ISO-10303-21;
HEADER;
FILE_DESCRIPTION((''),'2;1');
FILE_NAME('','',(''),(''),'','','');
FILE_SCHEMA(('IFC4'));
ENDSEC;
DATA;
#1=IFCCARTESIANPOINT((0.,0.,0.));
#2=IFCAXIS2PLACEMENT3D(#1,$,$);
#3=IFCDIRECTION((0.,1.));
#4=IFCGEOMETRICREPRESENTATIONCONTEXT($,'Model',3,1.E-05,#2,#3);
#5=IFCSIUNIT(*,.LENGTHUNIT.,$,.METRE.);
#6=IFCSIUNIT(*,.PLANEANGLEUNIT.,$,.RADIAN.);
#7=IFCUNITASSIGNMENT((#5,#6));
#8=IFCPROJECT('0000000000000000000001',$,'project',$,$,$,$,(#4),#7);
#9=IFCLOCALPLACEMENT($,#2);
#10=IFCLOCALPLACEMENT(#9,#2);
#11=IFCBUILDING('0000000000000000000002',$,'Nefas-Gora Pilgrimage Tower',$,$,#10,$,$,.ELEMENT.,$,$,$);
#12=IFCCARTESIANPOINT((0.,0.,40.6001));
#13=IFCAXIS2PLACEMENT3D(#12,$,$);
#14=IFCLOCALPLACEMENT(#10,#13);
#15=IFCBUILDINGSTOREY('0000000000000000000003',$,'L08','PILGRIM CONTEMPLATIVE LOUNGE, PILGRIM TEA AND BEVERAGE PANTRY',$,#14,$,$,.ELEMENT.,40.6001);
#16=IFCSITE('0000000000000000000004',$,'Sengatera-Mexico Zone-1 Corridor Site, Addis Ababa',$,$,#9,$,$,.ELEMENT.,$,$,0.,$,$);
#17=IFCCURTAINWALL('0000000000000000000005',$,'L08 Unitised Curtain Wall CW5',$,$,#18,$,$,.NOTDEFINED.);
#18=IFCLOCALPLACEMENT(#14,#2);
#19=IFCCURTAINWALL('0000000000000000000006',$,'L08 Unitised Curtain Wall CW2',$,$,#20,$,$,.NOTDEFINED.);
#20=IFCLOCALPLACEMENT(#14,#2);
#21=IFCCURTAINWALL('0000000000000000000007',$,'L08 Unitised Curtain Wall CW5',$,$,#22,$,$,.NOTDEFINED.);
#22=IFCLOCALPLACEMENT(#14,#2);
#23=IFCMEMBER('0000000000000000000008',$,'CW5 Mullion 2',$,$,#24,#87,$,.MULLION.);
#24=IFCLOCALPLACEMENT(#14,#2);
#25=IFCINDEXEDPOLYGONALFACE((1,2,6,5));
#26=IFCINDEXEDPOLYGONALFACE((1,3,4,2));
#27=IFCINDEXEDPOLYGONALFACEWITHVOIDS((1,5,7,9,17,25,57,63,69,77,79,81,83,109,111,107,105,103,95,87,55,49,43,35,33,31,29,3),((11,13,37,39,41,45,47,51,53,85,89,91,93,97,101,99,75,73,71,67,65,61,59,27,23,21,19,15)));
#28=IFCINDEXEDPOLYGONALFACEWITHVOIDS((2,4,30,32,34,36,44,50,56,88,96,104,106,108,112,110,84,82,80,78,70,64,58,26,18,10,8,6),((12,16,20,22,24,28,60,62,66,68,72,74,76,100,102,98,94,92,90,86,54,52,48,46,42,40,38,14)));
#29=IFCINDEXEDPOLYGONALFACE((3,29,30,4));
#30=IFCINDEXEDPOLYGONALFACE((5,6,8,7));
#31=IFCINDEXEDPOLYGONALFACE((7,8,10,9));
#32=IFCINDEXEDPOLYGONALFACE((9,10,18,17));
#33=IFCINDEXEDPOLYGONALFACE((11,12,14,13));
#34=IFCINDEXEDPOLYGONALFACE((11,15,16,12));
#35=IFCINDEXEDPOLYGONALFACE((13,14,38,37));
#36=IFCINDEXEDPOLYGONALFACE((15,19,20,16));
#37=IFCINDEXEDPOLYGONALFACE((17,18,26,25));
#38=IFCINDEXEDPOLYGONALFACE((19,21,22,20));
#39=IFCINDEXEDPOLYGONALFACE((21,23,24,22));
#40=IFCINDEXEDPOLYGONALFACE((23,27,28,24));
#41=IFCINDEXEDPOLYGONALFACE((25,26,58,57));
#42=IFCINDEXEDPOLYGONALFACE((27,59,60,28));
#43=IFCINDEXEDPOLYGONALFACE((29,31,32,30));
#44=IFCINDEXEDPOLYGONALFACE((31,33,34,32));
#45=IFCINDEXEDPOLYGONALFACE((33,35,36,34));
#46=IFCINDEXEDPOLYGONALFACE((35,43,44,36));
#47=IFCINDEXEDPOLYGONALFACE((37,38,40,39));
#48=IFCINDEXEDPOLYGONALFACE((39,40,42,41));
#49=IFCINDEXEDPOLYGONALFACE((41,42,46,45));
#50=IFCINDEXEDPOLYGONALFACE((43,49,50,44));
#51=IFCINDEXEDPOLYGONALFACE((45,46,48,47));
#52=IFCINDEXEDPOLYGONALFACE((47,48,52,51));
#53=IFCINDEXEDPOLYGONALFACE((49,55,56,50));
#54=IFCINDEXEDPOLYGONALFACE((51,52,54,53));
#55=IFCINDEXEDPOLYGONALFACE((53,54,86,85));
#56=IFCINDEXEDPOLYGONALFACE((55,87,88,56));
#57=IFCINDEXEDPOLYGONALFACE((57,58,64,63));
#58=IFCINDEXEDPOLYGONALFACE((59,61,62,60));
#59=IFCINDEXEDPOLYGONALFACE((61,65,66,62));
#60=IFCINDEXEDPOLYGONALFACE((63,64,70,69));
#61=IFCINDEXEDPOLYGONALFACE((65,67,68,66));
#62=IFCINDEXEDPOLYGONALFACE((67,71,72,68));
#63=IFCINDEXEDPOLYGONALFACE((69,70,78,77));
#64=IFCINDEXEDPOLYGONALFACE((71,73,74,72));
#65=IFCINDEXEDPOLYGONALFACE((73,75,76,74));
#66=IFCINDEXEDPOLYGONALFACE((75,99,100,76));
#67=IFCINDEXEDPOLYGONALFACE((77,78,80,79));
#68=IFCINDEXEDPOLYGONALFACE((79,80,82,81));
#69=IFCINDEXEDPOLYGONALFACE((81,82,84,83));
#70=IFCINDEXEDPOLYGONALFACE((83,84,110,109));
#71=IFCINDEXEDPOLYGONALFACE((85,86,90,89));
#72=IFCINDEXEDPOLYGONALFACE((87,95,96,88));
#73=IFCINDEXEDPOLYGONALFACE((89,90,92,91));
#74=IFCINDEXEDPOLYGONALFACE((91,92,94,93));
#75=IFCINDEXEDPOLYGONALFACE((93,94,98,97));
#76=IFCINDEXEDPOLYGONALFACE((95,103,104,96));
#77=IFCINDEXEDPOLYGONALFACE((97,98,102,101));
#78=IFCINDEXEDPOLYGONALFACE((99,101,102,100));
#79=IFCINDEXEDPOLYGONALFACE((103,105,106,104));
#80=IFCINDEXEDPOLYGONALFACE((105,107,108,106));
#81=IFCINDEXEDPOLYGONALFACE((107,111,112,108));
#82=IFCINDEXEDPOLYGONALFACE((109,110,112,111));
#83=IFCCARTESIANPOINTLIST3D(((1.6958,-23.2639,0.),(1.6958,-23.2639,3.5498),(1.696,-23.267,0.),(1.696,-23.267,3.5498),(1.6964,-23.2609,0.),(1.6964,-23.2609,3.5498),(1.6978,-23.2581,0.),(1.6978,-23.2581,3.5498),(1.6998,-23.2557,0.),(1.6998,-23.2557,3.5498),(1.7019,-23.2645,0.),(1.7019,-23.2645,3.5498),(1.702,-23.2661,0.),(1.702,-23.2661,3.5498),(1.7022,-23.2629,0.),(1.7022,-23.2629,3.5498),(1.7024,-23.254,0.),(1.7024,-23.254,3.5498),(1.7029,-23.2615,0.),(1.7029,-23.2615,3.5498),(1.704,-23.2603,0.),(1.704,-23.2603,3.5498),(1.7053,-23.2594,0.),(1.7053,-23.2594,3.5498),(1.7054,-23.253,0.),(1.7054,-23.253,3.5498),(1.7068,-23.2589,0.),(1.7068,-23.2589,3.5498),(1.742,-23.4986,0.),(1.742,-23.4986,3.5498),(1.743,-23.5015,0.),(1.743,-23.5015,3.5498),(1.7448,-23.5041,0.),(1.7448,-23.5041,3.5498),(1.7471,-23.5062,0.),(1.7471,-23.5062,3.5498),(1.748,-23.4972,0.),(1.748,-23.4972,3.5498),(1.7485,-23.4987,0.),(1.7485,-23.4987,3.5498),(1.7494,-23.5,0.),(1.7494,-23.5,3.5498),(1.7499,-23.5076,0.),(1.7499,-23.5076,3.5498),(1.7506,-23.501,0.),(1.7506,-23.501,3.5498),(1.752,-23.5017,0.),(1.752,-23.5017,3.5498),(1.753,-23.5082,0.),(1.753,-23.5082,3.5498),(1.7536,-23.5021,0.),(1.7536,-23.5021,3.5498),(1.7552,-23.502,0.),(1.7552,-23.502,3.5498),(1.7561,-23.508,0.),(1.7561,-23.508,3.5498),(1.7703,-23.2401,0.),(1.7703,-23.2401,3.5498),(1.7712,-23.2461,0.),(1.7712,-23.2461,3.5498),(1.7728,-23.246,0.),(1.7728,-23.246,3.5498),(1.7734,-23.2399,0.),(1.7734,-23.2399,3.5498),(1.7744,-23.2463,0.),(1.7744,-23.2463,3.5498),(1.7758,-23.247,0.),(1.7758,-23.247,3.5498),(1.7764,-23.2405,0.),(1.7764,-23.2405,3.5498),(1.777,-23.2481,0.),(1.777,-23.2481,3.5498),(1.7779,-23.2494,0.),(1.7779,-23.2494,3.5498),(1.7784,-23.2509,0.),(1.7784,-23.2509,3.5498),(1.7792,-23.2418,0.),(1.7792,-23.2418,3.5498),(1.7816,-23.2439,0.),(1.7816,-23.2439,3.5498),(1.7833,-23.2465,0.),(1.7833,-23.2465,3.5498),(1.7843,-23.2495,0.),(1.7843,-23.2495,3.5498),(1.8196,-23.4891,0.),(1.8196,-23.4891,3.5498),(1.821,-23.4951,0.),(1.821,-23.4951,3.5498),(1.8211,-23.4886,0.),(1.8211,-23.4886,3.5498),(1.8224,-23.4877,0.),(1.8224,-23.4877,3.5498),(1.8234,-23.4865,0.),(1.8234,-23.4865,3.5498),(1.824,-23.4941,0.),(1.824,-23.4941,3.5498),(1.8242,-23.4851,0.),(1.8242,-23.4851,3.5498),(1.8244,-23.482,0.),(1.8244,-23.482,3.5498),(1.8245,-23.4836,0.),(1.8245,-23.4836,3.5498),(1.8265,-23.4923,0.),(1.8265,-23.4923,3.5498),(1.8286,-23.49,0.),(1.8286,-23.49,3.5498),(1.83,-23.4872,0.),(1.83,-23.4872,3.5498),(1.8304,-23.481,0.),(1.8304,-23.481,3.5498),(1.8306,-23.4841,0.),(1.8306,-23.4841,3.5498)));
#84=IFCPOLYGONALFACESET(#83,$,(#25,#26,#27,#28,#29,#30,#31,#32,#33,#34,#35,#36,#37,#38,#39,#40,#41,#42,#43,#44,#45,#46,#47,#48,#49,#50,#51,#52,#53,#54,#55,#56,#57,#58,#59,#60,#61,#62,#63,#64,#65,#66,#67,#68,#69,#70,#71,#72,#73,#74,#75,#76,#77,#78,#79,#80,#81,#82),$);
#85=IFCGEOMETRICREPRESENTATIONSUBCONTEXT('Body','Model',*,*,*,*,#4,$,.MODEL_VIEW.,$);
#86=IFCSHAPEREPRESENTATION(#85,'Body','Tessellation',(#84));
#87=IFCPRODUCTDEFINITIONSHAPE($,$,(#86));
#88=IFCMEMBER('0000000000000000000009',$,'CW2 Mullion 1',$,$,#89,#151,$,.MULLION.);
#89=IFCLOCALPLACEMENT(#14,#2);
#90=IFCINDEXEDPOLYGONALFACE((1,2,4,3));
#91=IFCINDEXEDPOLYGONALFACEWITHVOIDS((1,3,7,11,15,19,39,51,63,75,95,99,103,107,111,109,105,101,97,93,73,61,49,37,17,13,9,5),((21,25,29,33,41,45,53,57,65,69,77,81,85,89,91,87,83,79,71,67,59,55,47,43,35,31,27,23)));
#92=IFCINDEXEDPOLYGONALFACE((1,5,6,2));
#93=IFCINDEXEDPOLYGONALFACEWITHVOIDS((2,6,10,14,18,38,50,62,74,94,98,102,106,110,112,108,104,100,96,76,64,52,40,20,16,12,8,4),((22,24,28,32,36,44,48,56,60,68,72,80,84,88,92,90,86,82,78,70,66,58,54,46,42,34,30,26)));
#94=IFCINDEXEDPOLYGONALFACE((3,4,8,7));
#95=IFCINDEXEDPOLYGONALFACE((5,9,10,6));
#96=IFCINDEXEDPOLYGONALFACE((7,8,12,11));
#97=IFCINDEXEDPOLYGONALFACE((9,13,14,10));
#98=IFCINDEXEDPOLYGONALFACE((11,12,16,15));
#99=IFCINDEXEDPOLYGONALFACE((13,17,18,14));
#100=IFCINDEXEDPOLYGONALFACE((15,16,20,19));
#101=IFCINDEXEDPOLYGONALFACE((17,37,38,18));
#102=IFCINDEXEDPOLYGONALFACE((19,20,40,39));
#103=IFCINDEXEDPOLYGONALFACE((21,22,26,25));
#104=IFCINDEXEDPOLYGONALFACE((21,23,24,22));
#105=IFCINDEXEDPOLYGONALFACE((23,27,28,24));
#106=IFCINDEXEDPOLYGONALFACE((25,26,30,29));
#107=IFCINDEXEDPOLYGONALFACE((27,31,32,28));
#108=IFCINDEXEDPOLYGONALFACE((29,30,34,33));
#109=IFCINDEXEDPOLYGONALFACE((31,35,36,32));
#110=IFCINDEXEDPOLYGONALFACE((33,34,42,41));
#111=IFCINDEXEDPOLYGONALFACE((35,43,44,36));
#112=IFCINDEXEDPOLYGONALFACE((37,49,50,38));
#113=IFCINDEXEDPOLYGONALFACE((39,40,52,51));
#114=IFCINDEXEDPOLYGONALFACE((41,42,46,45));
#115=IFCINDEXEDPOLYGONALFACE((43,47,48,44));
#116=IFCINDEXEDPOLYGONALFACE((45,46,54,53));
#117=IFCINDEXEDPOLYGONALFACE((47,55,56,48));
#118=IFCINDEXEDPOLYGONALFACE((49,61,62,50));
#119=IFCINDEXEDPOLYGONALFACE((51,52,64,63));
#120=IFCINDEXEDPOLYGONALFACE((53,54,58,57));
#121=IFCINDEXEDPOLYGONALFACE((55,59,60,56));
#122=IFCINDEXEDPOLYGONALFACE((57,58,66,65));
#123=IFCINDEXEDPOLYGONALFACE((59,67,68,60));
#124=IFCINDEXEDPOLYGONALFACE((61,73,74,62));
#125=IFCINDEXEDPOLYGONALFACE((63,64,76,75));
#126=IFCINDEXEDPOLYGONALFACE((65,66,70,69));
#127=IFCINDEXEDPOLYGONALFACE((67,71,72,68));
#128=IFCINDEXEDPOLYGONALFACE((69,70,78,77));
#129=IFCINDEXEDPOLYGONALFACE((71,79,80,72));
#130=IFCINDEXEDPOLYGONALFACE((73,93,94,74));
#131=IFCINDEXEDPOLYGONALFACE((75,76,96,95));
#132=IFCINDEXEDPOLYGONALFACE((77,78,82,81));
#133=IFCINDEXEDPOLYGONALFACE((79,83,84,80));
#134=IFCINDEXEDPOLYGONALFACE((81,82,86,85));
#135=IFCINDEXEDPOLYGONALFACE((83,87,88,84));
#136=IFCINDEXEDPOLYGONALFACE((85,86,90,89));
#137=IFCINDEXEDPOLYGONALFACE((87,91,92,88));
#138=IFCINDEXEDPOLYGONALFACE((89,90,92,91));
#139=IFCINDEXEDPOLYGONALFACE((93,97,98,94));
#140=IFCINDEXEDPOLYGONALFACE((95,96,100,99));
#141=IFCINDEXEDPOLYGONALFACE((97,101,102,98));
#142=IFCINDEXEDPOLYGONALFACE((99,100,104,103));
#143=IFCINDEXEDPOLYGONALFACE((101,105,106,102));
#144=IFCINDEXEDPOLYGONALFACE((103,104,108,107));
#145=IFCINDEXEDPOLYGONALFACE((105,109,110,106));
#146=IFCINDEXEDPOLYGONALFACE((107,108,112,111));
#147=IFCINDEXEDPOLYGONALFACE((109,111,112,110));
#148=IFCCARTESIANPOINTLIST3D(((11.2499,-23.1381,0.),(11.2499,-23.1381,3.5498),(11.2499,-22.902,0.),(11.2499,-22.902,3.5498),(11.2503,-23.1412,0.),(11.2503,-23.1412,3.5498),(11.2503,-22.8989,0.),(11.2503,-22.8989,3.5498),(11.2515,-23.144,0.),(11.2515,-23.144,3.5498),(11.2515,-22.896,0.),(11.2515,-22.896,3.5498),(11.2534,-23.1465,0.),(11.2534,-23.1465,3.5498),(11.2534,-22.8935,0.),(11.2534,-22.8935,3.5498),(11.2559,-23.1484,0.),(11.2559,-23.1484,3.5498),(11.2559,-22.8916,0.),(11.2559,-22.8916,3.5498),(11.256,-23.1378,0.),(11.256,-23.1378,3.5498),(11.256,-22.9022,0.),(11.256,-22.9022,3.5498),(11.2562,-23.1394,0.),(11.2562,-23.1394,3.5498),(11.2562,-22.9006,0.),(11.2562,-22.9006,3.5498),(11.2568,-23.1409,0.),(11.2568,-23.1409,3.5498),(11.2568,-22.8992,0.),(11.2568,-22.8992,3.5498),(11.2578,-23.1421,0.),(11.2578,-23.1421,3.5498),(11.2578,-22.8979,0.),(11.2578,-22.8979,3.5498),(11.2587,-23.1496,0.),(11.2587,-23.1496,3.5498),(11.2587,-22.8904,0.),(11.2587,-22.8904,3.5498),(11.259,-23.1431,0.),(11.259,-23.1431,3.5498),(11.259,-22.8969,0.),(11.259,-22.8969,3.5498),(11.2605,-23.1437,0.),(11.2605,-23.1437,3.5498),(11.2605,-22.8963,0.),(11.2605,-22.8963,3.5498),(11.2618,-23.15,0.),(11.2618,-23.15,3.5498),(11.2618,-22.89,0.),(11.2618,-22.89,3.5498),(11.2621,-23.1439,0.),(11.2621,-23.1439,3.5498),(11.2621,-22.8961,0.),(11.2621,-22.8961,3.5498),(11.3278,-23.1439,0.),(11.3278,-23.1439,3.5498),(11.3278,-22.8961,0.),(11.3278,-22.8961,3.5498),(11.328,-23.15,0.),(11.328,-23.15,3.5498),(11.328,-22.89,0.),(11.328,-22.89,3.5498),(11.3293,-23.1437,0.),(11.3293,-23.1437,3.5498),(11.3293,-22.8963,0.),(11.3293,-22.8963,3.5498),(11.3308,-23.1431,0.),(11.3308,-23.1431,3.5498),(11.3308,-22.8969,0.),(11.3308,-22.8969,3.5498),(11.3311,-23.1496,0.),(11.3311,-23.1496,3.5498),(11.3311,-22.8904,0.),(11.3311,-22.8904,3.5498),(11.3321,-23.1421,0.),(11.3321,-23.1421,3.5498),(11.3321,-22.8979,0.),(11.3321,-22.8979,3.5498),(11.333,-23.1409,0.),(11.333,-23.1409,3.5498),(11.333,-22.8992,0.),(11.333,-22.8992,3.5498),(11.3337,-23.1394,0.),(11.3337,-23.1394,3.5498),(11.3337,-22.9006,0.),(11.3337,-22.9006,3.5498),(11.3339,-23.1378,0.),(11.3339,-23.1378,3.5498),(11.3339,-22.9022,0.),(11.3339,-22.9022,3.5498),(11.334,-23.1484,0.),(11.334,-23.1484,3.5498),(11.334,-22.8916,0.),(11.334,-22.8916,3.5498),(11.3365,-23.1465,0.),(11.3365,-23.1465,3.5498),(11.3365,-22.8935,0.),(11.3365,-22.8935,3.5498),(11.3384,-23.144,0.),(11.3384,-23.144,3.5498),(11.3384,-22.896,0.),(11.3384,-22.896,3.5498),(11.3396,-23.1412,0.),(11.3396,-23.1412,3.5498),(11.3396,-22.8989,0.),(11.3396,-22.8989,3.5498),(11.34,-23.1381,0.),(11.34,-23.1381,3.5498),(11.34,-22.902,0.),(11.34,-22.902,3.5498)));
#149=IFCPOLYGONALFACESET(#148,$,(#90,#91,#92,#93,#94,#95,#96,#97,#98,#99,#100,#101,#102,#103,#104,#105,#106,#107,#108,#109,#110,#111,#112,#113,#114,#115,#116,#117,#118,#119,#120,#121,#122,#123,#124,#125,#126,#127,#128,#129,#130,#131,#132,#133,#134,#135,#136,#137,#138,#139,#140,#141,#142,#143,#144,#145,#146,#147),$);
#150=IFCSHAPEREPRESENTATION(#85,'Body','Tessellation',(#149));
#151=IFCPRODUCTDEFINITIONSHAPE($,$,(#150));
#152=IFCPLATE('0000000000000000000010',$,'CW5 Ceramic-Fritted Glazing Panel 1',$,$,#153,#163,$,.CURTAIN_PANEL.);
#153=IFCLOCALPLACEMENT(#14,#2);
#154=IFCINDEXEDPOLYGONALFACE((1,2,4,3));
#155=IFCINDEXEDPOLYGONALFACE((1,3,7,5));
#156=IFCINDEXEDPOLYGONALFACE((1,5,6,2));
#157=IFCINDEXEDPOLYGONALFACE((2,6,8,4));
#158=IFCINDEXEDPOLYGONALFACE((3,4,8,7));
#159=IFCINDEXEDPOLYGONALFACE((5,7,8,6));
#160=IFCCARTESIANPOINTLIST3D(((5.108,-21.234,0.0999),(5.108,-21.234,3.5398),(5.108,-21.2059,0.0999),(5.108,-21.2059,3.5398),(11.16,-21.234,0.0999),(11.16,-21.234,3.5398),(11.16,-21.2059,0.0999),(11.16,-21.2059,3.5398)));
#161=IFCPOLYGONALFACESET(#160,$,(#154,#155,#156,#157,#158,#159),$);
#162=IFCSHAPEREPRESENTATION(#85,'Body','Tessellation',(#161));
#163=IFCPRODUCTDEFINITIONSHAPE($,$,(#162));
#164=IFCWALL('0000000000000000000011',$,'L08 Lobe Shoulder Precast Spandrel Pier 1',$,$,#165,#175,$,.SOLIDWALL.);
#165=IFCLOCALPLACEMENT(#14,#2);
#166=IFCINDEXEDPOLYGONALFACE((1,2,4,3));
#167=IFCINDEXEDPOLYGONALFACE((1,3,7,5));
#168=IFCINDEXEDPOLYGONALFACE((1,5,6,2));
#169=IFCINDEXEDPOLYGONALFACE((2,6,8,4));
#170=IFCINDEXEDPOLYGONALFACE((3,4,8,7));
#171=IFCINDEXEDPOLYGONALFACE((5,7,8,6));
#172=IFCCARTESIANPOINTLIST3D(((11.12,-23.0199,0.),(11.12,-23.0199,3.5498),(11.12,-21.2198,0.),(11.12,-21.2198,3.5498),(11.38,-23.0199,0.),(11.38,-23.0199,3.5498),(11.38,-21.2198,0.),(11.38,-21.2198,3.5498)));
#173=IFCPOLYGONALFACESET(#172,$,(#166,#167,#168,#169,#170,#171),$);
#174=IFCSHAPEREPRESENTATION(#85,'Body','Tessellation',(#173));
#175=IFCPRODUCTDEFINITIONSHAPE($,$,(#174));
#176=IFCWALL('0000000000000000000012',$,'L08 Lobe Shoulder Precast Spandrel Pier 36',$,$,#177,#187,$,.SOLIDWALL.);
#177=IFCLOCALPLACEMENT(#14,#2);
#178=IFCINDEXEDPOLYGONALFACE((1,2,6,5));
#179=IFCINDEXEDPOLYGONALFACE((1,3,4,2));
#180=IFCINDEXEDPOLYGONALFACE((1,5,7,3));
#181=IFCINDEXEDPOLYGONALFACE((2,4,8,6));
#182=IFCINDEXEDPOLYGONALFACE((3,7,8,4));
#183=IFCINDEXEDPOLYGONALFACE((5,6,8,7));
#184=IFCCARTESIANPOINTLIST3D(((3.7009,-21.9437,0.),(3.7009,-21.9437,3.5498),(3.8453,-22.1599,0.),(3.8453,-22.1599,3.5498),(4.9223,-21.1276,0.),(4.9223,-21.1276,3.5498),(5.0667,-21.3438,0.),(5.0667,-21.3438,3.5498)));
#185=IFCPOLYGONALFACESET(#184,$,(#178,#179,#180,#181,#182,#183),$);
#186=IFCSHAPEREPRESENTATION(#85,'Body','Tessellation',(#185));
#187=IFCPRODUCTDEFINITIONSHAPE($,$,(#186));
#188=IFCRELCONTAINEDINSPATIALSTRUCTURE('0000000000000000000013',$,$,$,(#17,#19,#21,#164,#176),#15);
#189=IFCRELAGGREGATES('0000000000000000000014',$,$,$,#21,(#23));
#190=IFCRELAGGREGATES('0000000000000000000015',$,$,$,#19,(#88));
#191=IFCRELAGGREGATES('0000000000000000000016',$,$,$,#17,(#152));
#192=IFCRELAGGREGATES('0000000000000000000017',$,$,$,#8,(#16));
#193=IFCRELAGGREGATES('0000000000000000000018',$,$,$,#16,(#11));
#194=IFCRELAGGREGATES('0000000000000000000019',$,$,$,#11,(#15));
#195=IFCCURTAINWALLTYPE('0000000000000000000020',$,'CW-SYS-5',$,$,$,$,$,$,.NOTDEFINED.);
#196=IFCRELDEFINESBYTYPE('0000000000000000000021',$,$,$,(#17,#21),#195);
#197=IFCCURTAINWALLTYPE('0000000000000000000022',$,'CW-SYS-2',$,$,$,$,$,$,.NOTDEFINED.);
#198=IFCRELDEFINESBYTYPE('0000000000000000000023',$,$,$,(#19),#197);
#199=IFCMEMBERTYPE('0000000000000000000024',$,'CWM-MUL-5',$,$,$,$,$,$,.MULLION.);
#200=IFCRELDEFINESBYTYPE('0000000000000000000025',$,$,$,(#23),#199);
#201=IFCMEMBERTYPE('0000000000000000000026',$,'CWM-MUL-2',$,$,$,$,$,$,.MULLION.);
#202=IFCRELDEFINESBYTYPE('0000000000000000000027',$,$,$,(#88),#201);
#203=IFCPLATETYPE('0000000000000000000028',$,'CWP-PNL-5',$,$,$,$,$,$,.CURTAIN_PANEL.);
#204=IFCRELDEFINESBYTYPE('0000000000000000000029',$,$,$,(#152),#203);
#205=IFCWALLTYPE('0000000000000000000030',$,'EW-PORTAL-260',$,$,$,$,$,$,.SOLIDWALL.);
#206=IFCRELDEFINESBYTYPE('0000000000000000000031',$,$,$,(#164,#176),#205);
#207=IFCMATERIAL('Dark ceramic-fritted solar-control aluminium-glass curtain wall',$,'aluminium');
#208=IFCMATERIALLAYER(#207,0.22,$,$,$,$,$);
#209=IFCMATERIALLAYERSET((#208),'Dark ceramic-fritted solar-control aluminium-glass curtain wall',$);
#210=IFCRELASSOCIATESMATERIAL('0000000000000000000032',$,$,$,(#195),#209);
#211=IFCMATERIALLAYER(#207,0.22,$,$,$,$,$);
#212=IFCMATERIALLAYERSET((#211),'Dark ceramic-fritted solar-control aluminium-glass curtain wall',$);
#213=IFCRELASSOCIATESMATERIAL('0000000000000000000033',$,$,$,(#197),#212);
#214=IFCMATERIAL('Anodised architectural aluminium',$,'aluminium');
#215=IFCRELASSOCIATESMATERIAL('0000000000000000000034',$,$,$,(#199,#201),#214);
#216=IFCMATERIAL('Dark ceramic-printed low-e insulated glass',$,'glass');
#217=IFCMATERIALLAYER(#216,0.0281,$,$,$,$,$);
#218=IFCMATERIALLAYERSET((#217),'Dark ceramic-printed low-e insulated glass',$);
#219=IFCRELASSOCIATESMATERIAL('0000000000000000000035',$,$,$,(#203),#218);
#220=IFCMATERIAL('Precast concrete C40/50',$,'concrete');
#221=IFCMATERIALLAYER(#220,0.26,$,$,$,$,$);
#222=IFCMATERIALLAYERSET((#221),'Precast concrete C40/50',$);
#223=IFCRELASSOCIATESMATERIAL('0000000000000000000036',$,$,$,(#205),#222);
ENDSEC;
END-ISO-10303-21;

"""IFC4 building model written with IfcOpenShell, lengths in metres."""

from ifc_helpers import new_model, si_unit, direction, frame, frame_2d, origin, origin_2d, place, context, subcontext, project, spatial, rectangle, hollow_rectangle, extrude, source, transform, mapped, material, layer, layer_set, material_profile, profile_set, type_object, element, aggregate, save


model = new_model("IFC4")

# Units and contexts
model_context = context("Model", 3, precision=1e-05, world=origin(), true_north=direction((0.0, 1.0)))
body_context = subcontext(model_context, "Body", "Model", "MODEL_VIEW")
ifc_project = project(units=[si_unit("LENGTHUNIT", "METRE"), si_unit("PLANEANGLEUNIT", "RADIAN")], contexts=[model_context])

# Site, building, storey
site_placement = place(None, origin())
site = spatial("IfcSite", under=ifc_project, at=site_placement, Name="Sengatera-Mexico Zone-1 Corridor Site, Addis Ababa", CompositionType="ELEMENT", RefElevation=0.0)
building_placement = place(site_placement, origin())
building = spatial("IfcBuilding", under=site, at=building_placement, Name="Nefas-Gora Pilgrimage Tower", CompositionType="ELEMENT")
storey_placement = place(building_placement, frame((0.0, 0.0, 40.6001)))
storey = spatial("IfcBuildingStorey", under=building, at=storey_placement, Name="L08", Description="PILGRIM CONTEMPLATIVE LOUNGE, PILGRIM TEA AND BEVERAGE PANTRY", CompositionType="ELEMENT", Elevation=40.6001)

# Curtain walls
ifc_material_1 = material(Name="Dark ceramic-fritted solar-control aluminium-glass curtain wall", Category="aluminium")
ifc_layer_1 = layer(ifc_material_1, 0.22)
ifc_layer_set_1 = layer_set([ifc_layer_1], Name="Dark ceramic-fritted solar-control aluminium-glass curtain wall")
curtain_wall_type_1 = type_object("IfcCurtainWallType", Name="CW-SYS-5", PredefinedType="NOTDEFINED", material=ifc_layer_set_1)
curtain_wall_1_placement = place(storey_placement, origin())
curtain_wall_1 = element("IfcCurtainWall", 1, at=curtain_wall_1_placement, inside=storey, type_object=curtain_wall_type_1, Name="L08 Unitised Curtain Wall CW5", PredefinedType="NOTDEFINED")
ifc_material_2 = material(Name="Anodised architectural aluminium", Category="aluminium")
ifc_layer_2 = layer(ifc_material_1, 0.22)
ifc_layer_set_2 = layer_set([ifc_layer_2], Name="Dark ceramic-fritted solar-control aluminium-glass curtain wall")
curtain_wall_type_2 = type_object("IfcCurtainWallType", Name="CW-SYS-2", PredefinedType="NOTDEFINED", material=ifc_layer_set_2)
curtain_wall_2_placement = place(storey_placement, origin())
curtain_wall_2 = element("IfcCurtainWall", 2, at=curtain_wall_2_placement, inside=storey, type_object=curtain_wall_type_2, Name="L08 Unitised Curtain Wall CW2", PredefinedType="NOTDEFINED")

# Shared definitions
ifc_material_profile_1 = material_profile(ifc_material_2, hollow_rectangle(XDim=0.0901, YDim=0.26, WallThickness=0.0061, InnerFilletRadius=0.0061, OuterFilletRadius=0.012, at=origin_2d()), Name="ALU MULLION 90x260")
ifc_profile_set_1 = profile_set([ifc_material_profile_1], Name="Anodised architectural aluminium")
member_type_1 = type_object("IfcMemberType", Name="CWM-MUL-5", PredefinedType="MULLION", material=ifc_profile_set_1)
shared_shape_1 = source(origin(), body_context, "Body", "SweptSolid", [
    extrude(hollow_rectangle(XDim=0.0901, YDim=0.26, WallThickness=0.0061, InnerFilletRadius=0.0061, OuterFilletRadius=0.012, at=origin_2d()), origin(), (0.0, 0.0, 1.0), 3.5498),
])

# Curtain wall, member
curtain_wall_3_placement = place(storey_placement, origin())
curtain_wall_3 = element("IfcCurtainWall", 3, at=curtain_wall_3_placement, inside=storey, type_object=curtain_wall_type_1, Name="L08 Unitised Curtain Wall CW5", PredefinedType="NOTDEFINED")
member_1_placement = place(storey_placement, frame((1.7632, -23.374, 0.0), z_axis=(0.0, 0.0, 1.0), x_axis=(0.980783, 0.195102, 0.0)))
member_1 = element("IfcMember", 4, at=member_1_placement, type_object=member_type_1, Name="CW5 Mullion 2", PredefinedType="MULLION", context=body_context, shape_type="MappedRepresentation", body=[
    mapped(shared_shape_1, transform((0.0, 0.0, 0.0), x_axis=(1.0, 0.0, 0.0), y_axis=(0.0, 1.0, 0.0), z_axis=(0.0, 0.0, 1.0), scale=1.0)),
])
aggregate(curtain_wall_3, [member_1])

# Member
ifc_material_profile_2 = material_profile(ifc_material_2, hollow_rectangle(XDim=0.0901, YDim=0.26, WallThickness=0.0061, InnerFilletRadius=0.0061, OuterFilletRadius=0.012, at=origin_2d()), Name="ALU MULLION 90x260")
ifc_profile_set_2 = profile_set([ifc_material_profile_2], Name="Anodised architectural aluminium")
member_type_2 = type_object("IfcMemberType", Name="CWM-MUL-2", PredefinedType="MULLION", material=ifc_profile_set_2)
shared_shape_2 = source(origin(), body_context, "Body", "SweptSolid", [
    extrude(hollow_rectangle(XDim=0.0901, YDim=0.26, WallThickness=0.0061, InnerFilletRadius=0.0061, OuterFilletRadius=0.012, at=origin_2d()), origin(), (0.0, 0.0, 1.0), 3.5498),
])
member_2_placement = place(storey_placement, frame((11.2949, -23.02, 0.0), z_axis=(0.0, 0.0, 1.0), x_axis=(1.0, 0.0, 0.0)))
member_2 = element("IfcMember", 5, at=member_2_placement, type_object=member_type_2, Name="CW2 Mullion 1", PredefinedType="MULLION", context=body_context, shape_type="MappedRepresentation", body=[
    mapped(shared_shape_2, transform((0.0, 0.0, 0.0), x_axis=(1.0, 0.0, 0.0), y_axis=(0.0, 1.0, 0.0), z_axis=(0.0, 0.0, 1.0), scale=1.0)),
])
aggregate(curtain_wall_2, [member_2])

# Plate
ifc_material_3 = material(Name="Dark ceramic-printed low-e insulated glass", Category="glass")
ifc_layer_3 = layer(ifc_material_3, 0.0281)
ifc_layer_set_3 = layer_set([ifc_layer_3], Name="Dark ceramic-printed low-e insulated glass")
plate_type = type_object("IfcPlateType", Name="CWP-PNL-5", PredefinedType="CURTAIN_PANEL", material=ifc_layer_set_3)
shared_shape_3 = source(origin(), body_context, "Body", "SweptSolid", [
    extrude(rectangle(XDim=6.052, YDim=0.0281, at=origin_2d()), origin(), (0.0, 0.0, 1.0), 3.4399),
])
plate_placement = place(storey_placement, frame((8.134, -21.22, 0.0999), z_axis=(0.0, 0.0, 1.0), x_axis=(1.0, 0.0, 0.0)))
plate = element("IfcPlate", 6, at=plate_placement, type_object=plate_type, Name="CW5 Ceramic-Fritted Glazing Panel 1", PredefinedType="CURTAIN_PANEL", context=body_context, shape_type="MappedRepresentation", body=[
    mapped(shared_shape_3, transform((0.0, 0.0, 0.0), x_axis=(1.0, 0.0, 0.0), y_axis=(0.0, 1.0, 0.0), z_axis=(0.0, 0.0, 1.0), scale=1.0)),
])
aggregate(curtain_wall_1, [plate])

# Walls
ifc_material_4 = material(Name="Precast concrete C40/50", Category="concrete")
ifc_layer_4 = layer(ifc_material_4, 0.26)
ifc_layer_set_4 = layer_set([ifc_layer_4], Name="Precast concrete C40/50")
wall_type_1 = type_object("IfcWallType", Name="EW-PORTAL-260", PredefinedType="SOLIDWALL", material=ifc_layer_set_4)
shared_shape_4 = source(origin(), body_context, "Body", "SweptSolid", [
    extrude(rectangle(XDim=1.8, YDim=0.26, at=frame_2d((0.8999, 0.0))), origin(), (0.0, 0.0, 1.0), 3.5498),
])
wall_1_placement = place(storey_placement, frame((11.25, -21.22, 0.0), z_axis=(0.0, 0.0, 1.0), x_axis=(0.0, -1.0, 0.0)))
element("IfcWall", 7, at=wall_1_placement, inside=storey, type_object=wall_type_1, Name="L08 Lobe Shoulder Precast Spandrel Pier 1", PredefinedType="SOLIDWALL", context=body_context, shape_type="MappedRepresentation", body=[
    mapped(shared_shape_4, transform((0.0, 0.0, 0.0), x_axis=(1.0, 0.0, 0.0), y_axis=(0.0, 1.0, 0.0), z_axis=(0.0, 0.0, 1.0), scale=1.0)),
])
shared_shape_5 = source(origin(), body_context, "Body", "SweptSolid", [
    extrude(rectangle(XDim=1.469, YDim=0.26, at=frame_2d((0.7344, 0.0))), origin(), (0.0, 0.0, 1.0), 3.5498),
])
wall_2_placement = place(storey_placement, frame((3.7732, -22.0518, 0.0), z_axis=(0.0, 0.0, 1.0), x_axis=(0.831462, 0.555582, 0.0)))
element("IfcWall", 8, at=wall_2_placement, inside=storey, type_object=wall_type_1, Name="L08 Lobe Shoulder Precast Spandrel Pier 36", PredefinedType="SOLIDWALL", context=body_context, shape_type="MappedRepresentation", body=[
    mapped(shared_shape_5, transform((0.0, 0.0, 0.0), x_axis=(1.0, 0.0, 0.0), y_axis=(0.0, 1.0, 0.0), z_axis=(0.0, 0.0, 1.0), scale=1.0)),
])

save(model, "model.ifc")
